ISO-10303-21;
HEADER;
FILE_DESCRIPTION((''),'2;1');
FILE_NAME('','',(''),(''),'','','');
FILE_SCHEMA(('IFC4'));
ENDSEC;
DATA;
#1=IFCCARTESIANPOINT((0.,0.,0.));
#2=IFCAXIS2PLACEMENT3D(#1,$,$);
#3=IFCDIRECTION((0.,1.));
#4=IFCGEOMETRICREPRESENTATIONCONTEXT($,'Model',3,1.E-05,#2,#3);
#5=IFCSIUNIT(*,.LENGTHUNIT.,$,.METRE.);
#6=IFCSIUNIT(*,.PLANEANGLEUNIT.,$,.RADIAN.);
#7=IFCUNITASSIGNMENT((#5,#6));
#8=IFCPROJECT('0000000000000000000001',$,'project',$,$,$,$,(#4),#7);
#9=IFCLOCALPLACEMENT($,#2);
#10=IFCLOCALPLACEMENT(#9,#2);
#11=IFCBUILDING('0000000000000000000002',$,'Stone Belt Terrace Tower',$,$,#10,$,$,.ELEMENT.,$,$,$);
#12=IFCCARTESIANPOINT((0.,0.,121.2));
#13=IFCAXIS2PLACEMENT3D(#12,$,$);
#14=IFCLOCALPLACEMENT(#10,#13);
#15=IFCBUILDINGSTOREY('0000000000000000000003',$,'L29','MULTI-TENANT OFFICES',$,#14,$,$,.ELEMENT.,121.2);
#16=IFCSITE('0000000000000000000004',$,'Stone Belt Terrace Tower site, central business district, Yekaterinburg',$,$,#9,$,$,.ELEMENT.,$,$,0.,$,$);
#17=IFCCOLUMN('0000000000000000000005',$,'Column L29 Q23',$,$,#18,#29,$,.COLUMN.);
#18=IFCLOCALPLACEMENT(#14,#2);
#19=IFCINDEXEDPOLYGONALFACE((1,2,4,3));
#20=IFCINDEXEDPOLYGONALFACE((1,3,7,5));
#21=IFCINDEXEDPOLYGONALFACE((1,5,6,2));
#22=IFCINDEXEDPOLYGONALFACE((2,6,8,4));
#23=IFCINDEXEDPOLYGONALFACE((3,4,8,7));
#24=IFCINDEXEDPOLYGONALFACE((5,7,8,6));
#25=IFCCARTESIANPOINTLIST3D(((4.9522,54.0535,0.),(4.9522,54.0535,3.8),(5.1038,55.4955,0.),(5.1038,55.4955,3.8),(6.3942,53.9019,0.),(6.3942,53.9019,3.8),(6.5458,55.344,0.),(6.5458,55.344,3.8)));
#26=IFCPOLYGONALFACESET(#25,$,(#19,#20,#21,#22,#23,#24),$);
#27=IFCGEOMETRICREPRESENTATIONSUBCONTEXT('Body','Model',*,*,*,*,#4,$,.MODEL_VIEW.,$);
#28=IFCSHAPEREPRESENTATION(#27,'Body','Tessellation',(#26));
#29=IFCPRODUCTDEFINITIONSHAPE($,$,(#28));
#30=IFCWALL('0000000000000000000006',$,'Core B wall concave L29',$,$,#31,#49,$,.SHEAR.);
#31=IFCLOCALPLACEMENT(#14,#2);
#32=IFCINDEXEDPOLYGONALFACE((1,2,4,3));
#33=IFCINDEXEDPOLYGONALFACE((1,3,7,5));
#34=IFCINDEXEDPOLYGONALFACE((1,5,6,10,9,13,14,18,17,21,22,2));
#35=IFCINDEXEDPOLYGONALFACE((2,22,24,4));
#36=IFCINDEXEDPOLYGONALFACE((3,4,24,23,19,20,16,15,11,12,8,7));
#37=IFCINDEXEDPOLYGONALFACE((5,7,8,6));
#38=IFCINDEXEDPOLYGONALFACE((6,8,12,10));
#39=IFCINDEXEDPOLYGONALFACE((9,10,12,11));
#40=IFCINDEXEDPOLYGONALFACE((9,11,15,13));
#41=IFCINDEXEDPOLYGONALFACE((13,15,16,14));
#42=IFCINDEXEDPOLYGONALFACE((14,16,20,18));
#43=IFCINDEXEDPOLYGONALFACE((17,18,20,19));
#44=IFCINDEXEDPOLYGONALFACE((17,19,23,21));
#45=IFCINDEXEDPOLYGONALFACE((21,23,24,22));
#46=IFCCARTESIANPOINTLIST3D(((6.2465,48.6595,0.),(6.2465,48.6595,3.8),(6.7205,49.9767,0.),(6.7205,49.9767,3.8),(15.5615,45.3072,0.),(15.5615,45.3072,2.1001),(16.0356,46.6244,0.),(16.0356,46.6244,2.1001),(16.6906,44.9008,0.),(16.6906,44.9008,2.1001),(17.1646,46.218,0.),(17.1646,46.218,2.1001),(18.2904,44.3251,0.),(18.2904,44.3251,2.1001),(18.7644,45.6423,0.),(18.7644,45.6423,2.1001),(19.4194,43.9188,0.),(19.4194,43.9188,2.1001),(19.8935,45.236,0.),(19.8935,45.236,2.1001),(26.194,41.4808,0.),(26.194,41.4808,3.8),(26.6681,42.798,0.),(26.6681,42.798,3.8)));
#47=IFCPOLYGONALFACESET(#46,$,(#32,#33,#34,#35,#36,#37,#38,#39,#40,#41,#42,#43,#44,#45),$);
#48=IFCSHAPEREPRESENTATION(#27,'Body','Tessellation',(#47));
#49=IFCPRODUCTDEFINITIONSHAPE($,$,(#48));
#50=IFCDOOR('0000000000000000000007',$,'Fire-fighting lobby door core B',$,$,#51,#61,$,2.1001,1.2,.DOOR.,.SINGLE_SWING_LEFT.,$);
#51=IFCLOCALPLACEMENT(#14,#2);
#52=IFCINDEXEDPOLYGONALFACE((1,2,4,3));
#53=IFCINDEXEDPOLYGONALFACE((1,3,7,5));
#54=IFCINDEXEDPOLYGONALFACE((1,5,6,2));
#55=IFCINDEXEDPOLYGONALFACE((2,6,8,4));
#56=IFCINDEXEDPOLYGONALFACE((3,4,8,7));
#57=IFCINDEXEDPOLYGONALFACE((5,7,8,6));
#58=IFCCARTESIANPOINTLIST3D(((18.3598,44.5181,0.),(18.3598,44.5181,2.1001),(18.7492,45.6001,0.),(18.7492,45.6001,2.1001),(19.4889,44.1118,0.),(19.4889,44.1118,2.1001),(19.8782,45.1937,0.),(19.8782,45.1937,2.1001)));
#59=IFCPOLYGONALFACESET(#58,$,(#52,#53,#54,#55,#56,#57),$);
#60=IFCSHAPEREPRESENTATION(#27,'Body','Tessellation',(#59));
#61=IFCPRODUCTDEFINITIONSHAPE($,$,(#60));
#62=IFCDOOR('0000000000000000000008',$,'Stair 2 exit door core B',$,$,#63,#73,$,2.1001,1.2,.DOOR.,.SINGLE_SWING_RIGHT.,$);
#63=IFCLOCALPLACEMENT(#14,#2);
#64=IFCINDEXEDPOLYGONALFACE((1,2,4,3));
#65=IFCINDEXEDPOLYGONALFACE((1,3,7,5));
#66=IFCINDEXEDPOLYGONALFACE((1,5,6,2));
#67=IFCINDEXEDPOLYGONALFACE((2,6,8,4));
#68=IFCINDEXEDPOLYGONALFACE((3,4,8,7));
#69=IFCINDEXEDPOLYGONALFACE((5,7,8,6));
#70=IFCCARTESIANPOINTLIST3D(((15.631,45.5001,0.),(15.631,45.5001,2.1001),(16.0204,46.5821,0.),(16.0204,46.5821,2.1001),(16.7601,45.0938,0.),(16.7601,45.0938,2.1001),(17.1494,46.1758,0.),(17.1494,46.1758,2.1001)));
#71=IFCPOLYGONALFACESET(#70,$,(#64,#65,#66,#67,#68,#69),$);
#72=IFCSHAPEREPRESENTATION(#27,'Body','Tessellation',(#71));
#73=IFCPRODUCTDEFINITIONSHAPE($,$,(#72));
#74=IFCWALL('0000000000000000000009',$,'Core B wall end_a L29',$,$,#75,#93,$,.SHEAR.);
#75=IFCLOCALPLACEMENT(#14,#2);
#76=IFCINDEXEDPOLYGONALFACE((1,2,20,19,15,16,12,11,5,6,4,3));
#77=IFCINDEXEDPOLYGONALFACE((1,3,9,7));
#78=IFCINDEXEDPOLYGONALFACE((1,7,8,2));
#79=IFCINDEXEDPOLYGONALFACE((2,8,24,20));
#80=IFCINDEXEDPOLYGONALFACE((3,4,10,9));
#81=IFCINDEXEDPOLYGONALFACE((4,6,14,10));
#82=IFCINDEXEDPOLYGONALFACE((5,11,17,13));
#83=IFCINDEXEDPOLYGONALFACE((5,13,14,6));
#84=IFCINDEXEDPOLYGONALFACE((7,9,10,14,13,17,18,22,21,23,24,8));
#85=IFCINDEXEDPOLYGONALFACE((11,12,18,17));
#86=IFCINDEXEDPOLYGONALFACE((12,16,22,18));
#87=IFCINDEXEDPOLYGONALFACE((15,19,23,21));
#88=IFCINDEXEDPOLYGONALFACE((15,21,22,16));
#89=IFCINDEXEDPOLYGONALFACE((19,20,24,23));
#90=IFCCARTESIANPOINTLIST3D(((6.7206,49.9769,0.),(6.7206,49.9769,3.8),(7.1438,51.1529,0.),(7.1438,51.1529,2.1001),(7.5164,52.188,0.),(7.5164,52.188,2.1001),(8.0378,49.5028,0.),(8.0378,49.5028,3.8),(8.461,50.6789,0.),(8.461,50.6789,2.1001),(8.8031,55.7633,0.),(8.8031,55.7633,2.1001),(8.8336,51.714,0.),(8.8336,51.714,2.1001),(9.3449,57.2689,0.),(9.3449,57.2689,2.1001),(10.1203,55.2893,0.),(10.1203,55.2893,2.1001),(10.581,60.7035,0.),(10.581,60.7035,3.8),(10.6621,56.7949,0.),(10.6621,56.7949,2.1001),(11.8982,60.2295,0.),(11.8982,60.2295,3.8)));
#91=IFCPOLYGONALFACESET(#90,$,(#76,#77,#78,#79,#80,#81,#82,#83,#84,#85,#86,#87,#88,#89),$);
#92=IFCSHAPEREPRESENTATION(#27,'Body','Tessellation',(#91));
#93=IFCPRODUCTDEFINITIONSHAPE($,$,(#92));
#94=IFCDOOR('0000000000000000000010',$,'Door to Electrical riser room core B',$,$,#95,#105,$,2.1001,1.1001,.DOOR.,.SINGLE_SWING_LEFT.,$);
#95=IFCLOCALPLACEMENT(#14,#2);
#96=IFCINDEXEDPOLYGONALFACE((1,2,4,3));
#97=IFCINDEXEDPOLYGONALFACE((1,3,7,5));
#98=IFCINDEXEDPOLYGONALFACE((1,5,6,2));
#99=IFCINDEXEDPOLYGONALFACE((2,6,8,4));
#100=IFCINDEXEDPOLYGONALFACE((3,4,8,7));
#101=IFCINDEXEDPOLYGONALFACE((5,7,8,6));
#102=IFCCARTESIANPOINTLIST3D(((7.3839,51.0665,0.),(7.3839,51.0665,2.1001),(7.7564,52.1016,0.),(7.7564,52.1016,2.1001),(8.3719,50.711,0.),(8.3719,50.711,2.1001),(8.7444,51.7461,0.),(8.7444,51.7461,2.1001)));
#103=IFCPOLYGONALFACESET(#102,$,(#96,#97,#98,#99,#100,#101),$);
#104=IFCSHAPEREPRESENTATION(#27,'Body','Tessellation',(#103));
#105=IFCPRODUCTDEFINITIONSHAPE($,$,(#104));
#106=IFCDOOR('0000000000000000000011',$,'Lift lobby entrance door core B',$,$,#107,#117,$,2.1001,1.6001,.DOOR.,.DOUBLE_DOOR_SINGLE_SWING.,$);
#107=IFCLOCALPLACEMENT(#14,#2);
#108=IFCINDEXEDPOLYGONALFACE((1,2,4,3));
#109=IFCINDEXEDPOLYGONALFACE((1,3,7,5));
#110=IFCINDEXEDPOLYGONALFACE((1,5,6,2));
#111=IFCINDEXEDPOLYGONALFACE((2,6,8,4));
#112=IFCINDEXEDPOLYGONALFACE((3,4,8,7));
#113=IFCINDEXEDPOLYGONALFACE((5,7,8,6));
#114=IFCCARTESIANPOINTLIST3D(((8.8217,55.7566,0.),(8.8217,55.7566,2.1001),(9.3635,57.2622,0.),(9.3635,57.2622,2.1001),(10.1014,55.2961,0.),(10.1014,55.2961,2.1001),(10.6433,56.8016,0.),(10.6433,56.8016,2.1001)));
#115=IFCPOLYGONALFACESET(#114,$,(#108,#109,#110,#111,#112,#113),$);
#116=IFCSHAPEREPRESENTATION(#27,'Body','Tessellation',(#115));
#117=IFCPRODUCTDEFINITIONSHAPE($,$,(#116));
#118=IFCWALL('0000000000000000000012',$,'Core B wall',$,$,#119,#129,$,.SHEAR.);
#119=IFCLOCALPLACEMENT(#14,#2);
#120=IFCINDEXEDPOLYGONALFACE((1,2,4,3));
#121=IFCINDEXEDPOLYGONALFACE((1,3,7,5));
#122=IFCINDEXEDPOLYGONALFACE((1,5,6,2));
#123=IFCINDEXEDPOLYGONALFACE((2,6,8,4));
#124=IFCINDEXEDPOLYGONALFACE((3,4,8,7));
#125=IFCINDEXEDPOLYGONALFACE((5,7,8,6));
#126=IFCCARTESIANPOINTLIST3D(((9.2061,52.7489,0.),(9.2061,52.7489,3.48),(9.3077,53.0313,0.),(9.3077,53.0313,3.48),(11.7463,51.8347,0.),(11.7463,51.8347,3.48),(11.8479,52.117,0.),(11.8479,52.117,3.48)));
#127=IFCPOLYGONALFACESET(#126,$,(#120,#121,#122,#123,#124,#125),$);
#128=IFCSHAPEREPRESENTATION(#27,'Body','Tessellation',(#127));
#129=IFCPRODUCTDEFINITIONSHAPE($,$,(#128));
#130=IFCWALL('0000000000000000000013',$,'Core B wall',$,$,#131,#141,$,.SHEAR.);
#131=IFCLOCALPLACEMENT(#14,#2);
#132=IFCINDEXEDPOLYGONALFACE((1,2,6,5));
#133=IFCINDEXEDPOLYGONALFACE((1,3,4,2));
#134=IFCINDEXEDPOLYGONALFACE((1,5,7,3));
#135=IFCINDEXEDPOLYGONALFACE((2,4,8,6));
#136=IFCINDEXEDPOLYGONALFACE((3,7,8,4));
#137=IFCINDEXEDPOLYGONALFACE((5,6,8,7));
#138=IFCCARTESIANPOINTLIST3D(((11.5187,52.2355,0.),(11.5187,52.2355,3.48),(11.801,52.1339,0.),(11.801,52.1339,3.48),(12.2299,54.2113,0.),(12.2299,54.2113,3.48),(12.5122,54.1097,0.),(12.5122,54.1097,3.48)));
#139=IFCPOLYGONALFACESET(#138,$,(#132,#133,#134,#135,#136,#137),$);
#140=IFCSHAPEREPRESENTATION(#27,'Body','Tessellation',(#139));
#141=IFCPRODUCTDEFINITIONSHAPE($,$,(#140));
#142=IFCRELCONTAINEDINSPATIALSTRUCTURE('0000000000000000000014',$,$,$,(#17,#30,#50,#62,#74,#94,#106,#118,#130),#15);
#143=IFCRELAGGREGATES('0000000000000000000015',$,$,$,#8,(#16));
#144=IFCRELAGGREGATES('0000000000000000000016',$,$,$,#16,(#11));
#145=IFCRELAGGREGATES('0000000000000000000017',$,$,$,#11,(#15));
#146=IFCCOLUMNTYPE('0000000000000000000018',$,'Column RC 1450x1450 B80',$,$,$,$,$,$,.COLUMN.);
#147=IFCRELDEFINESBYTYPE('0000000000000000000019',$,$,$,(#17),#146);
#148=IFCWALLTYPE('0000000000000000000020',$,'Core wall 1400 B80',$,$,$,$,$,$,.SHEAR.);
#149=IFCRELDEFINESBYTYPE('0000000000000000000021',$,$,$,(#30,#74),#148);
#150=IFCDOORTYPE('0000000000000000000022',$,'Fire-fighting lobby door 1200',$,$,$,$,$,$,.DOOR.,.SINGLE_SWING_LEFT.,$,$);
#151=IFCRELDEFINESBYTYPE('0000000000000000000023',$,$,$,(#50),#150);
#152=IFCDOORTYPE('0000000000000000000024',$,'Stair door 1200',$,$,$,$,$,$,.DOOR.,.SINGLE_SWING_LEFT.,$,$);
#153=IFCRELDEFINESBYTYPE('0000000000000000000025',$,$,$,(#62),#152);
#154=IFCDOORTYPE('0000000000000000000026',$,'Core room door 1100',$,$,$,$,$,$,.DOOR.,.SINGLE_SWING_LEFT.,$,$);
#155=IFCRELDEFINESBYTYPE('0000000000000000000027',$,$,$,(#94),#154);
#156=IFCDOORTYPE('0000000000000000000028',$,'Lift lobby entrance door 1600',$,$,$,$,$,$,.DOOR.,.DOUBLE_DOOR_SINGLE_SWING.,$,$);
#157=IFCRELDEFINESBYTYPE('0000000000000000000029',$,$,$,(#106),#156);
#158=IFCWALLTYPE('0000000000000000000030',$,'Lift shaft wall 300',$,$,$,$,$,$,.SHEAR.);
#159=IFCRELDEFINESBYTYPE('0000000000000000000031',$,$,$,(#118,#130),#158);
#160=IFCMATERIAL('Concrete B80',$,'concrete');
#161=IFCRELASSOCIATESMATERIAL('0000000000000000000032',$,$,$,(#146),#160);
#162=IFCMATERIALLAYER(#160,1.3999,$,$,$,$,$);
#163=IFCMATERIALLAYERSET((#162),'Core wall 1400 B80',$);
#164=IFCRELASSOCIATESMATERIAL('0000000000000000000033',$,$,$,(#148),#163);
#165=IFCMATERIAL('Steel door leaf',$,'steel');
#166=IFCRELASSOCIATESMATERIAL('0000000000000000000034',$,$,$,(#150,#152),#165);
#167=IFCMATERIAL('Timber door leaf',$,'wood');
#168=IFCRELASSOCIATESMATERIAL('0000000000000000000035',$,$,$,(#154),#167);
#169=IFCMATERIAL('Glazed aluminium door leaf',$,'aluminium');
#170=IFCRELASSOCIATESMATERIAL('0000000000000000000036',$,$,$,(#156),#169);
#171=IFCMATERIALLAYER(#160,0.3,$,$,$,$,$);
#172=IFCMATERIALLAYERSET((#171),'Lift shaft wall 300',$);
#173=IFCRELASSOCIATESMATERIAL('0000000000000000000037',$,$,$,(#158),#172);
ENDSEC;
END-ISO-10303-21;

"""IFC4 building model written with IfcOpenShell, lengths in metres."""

from ifc_helpers import new_model, si_unit, direction, frame, frame_2d, origin, origin_2d, place, context, subcontext, project, spatial, rectangle, extrude, material, layer, layer_set, material_profile, profile_set, type_object, element, fill, save


model = new_model("IFC4")

# Units and contexts
model_context = context("Model", 3, precision=1e-05, world=origin(), true_north=direction((0.0, 1.0)))
body_context = subcontext(model_context, "Body", "Model", "MODEL_VIEW")
ifc_project = project(units=[si_unit("LENGTHUNIT", "METRE"), si_unit("PLANEANGLEUNIT", "RADIAN")], contexts=[model_context])

# Site, building, storey
site_placement = place(None, origin())
site = spatial("IfcSite", under=ifc_project, at=site_placement, Name="Stone Belt Terrace Tower site, central business district, Yekaterinburg", CompositionType="ELEMENT", RefElevation=0.0)
building_placement = place(site_placement, origin())
building = spatial("IfcBuilding", under=site, at=building_placement, Name="Stone Belt Terrace Tower", CompositionType="ELEMENT")
storey_placement = place(building_placement, frame((0.0, 0.0, 121.2)))
storey = spatial("IfcBuildingStorey", under=building, at=storey_placement, Name="L29", Description="MULTI-TENANT OFFICES", CompositionType="ELEMENT", Elevation=121.2)

# Column
ifc_material_1 = material(Name="Concrete B80", Category="concrete")
ifc_material_profile = material_profile(ifc_material_1, rectangle(XDim=1.45, YDim=1.45, at=origin_2d()), Name="RC 1450x1450")
ifc_profile_set = profile_set([ifc_material_profile], Name="Concrete B80")
column_type = type_object("IfcColumnType", Name="Column RC 1450x1450 B80", PredefinedType="COLUMN", material=ifc_profile_set)
column_placement = place(storey_placement, frame((5.749, 54.6987, 0.0), z_axis=(0.0, 0.0, 1.0), x_axis=(0.994522, -0.104528, 0.0)))
element("IfcColumn", 1, at=column_placement, inside=storey, type_object=column_type, Name="Column L29 Q23", PredefinedType="COLUMN", context=body_context, shape_type="SweptSolid", body=[
    extrude(rectangle(XDim=1.45, YDim=1.45, at=origin_2d()), origin(), (0.0, 0.0, 1.0), 3.8),
])

# Walls, openings, doors
ifc_layer_1 = layer(ifc_material_1, 1.3999)
ifc_layer_set_1 = layer_set([ifc_layer_1], Name="Core wall 1400 B80")
wall_type_1 = type_object("IfcWallType", Name="Core wall 1400 B80", PredefinedType="SHEAR", material=ifc_layer_set_1)
wall_1_placement = place(storey_placement, frame((6.4834, 49.3181, 0.0), z_axis=(0.0, 0.0, 1.0), x_axis=(0.940923, -0.33862, 0.0)))
wall_1 = element("IfcWall", 2, at=wall_1_placement, inside=storey, type_object=wall_type_1, Name="Core B wall concave L29", PredefinedType="SHEAR", context=body_context, shape_type="SweptSolid", body=[
    extrude(rectangle(XDim=21.2, YDim=1.3999, at=frame_2d((10.6001, 0.0))), origin(), (0.0, 0.0, 1.0), 3.8),
])
opening_1_placement = place(wall_1_placement, frame((12.8, 0.0, 0.0)))
opening_1 = element("IfcOpeningElement", 3, at=opening_1_placement, cuts=wall_1, PredefinedType="OPENING", context=body_context, shape_type="SweptSolid", body=[
    extrude(rectangle(XDim=1.2, YDim=2.1001, at=frame_2d((0.6001, 1.05))), frame((0.0, 0.71, 0.0), z_axis=(0.0, -1.0, 0.0), x_axis=(1.0, 0.0, 0.0)), (0.0, 0.0, 1.0), 1.4199),
])
opening_2_placement = place(wall_1_placement, frame((9.8999, 0.0, 0.0)))
opening_2 = element("IfcOpeningElement", 4, at=opening_2_placement, cuts=wall_1, PredefinedType="OPENING", context=body_context, shape_type="SweptSolid", body=[
    extrude(rectangle(XDim=1.2, YDim=2.1001, at=frame_2d((0.6001, 1.05))), frame((0.0, 0.71, 0.0), z_axis=(0.0, -1.0, 0.0), x_axis=(1.0, 0.0, 0.0)), (0.0, 0.0, 1.0), 1.4199),
])
ifc_material_2 = material(Name="Steel door leaf", Category="steel")
door_type_1 = type_object("IfcDoorType", Name="Fire-fighting lobby door 1200", OperationType="SINGLE_SWING_LEFT", PredefinedType="DOOR", material=ifc_material_2)
door_1_placement = place(opening_1_placement, origin())
door_1 = element("IfcDoor", 5, at=door_1_placement, inside=storey, type_object=door_type_1, Name="Fire-fighting lobby door core B", OperationType="SINGLE_SWING_LEFT", OverallHeight=2.1001, OverallWidth=1.2, PredefinedType="DOOR", context=body_context, shape_type="SweptSolid", body=[
    extrude(rectangle(XDim=1.2, YDim=2.1001, at=frame_2d((0.6001, 1.05))), frame((0.0, 0.655, 0.0), z_axis=(0.0, -1.0, 0.0), x_axis=(1.0, 0.0, 0.0)), (0.0, 0.0, 1.0), 1.1499),
])
fill(opening_1, door_1)
door_type_2 = type_object("IfcDoorType", Name="Stair door 1200", OperationType="SINGLE_SWING_LEFT", PredefinedType="DOOR", material=ifc_material_2)
door_2_placement = place(opening_2_placement, origin())
door_2 = element("IfcDoor", 6, at=door_2_placement, inside=storey, type_object=door_type_2, Name="Stair 2 exit door core B", OperationType="SINGLE_SWING_RIGHT", OverallHeight=2.1001, OverallWidth=1.2, PredefinedType="DOOR", context=body_context, shape_type="SweptSolid", body=[
    extrude(rectangle(XDim=1.2, YDim=2.1001, at=frame_2d((0.6001, 1.05))), frame((0.0, 0.655, 0.0), z_axis=(0.0, -1.0, 0.0), x_axis=(1.0, 0.0, 0.0)), (0.0, 0.0, 1.0), 1.1499),
])
fill(opening_2, door_2)
wall_2_placement = place(storey_placement, frame((7.3792, 49.7397, 0.0), z_axis=(0.0, 0.0, 1.0), x_axis=(0.338625, 0.940921, 0.0)))
wall_2 = element("IfcWall", 7, at=wall_2_placement, inside=storey, type_object=wall_type_1, Name="Core B wall end_a L29", PredefinedType="SHEAR", context=body_context, shape_type="SweptSolid", body=[
    extrude(rectangle(XDim=11.4001, YDim=1.3999, at=frame_2d((5.7002, 0.0))), origin(), (0.0, 0.0, 1.0), 3.8),
])
opening_3_placement = place(wall_2_placement, frame((6.1499, 0.0, 0.0)))
opening_3 = element("IfcOpeningElement", 8, at=opening_3_placement, cuts=wall_2, PredefinedType="OPENING", context=body_context, shape_type="SweptSolid", body=[
    extrude(rectangle(XDim=1.6001, YDim=2.1001, at=frame_2d((0.8, 1.05))), frame((0.0, 0.71, 0.0), z_axis=(0.0, -1.0, 0.0), x_axis=(1.0, 0.0, 0.0)), (0.0, 0.0, 1.0), 1.4199),
])
opening_4_placement = place(wall_2_placement, frame((1.25, 0.0, 0.0)))
opening_4 = element("IfcOpeningElement", 9, at=opening_4_placement, cuts=wall_2, PredefinedType="OPENING", context=body_context, shape_type="SweptSolid", body=[
    extrude(rectangle(XDim=1.1001, YDim=2.1001, at=frame_2d((0.55, 1.05))), frame((0.0, 0.71, 0.0), z_axis=(0.0, -1.0, 0.0), x_axis=(1.0, 0.0, 0.0)), (0.0, 0.0, 1.0), 1.4199),
])
ifc_material_3 = material(Name="Timber door leaf", Category="wood")
door_type_3 = type_object("IfcDoorType", Name="Core room door 1100", OperationType="SINGLE_SWING_LEFT", PredefinedType="DOOR", material=ifc_material_3)
door_3_placement = place(opening_4_placement, origin())
door_3 = element("IfcDoor", 10, at=door_3_placement, inside=storey, type_object=door_type_3, Name="Door to Electrical riser room core B", OperationType="SINGLE_SWING_LEFT", OverallHeight=2.1001, OverallWidth=1.1001, PredefinedType="DOOR", context=body_context, shape_type="SweptSolid", body=[
    extrude(rectangle(XDim=1.1001, YDim=2.1001, at=frame_2d((0.55, 1.05))), frame((0.0, 0.4448, 0.0), z_axis=(0.0, -1.0, 0.0), x_axis=(1.0, 0.0, 0.0)), (0.0, 0.0, 1.0), 1.05),
])
fill(opening_4, door_3)
ifc_material_4 = material(Name="Glazed aluminium door leaf", Category="aluminium")
door_type_4 = type_object("IfcDoorType", Name="Lift lobby entrance door 1600", OperationType="DOUBLE_DOOR_SINGLE_SWING", PredefinedType="DOOR", material=ifc_material_4)
door_4_placement = place(opening_3_placement, origin())
door_4 = element("IfcDoor", 11, at=door_4_placement, inside=storey, type_object=door_type_4, Name="Lift lobby entrance door core B", OperationType="DOUBLE_DOOR_SINGLE_SWING", OverallHeight=2.1001, OverallWidth=1.6001, PredefinedType="DOOR", context=body_context, shape_type="SweptSolid", body=[
    extrude(rectangle(XDim=1.6001, YDim=2.1001, at=frame_2d((0.8, 1.05))), frame((0.0, 0.6802, 0.0), z_axis=(0.0, -1.0, 0.0), x_axis=(1.0, 0.0, 0.0)), (0.0, 0.0, 1.0), 1.3601),
])
fill(opening_3, door_4)

# Walls
ifc_layer_2 = layer(ifc_material_1, 0.3)
ifc_layer_set_2 = layer_set([ifc_layer_2], Name="Lift shaft wall 300")
wall_type_2 = type_object("IfcWallType", Name="Lift shaft wall 300", PredefinedType="SHEAR", material=ifc_layer_set_2)
wall_3_placement = place(storey_placement, frame((11.7971, 51.9758, 0.0), z_axis=(0.0, 0.0, 1.0), x_axis=(-0.94091, 0.338655, 0.0)))
element("IfcWall", 12, at=wall_3_placement, inside=storey, type_object=wall_type_2, Name="Core B wall", PredefinedType="SHEAR", context=body_context, shape_type="SweptSolid", body=[
    extrude(rectangle(XDim=2.6997, YDim=0.3, at=frame_2d((1.3499, 0.0))), origin(), (0.0, 0.0, 1.0), 3.48),
])
wall_4_placement = place(storey_placement, frame((11.6599, 52.1848, 0.0), z_axis=(0.0, 0.0, 1.0), x_axis=(0.33867, 0.940905, 0.0)))
element("IfcWall", 13, at=wall_4_placement, inside=storey, type_object=wall_type_2, Name="Core B wall", PredefinedType="SHEAR", context=body_context, shape_type="SweptSolid", body=[
    extrude(rectangle(XDim=2.0999, YDim=0.3, at=frame_2d((1.0498, 0.0))), origin(), (0.0, 0.0, 1.0), 3.48),
])

save(model, "model.ifc")
